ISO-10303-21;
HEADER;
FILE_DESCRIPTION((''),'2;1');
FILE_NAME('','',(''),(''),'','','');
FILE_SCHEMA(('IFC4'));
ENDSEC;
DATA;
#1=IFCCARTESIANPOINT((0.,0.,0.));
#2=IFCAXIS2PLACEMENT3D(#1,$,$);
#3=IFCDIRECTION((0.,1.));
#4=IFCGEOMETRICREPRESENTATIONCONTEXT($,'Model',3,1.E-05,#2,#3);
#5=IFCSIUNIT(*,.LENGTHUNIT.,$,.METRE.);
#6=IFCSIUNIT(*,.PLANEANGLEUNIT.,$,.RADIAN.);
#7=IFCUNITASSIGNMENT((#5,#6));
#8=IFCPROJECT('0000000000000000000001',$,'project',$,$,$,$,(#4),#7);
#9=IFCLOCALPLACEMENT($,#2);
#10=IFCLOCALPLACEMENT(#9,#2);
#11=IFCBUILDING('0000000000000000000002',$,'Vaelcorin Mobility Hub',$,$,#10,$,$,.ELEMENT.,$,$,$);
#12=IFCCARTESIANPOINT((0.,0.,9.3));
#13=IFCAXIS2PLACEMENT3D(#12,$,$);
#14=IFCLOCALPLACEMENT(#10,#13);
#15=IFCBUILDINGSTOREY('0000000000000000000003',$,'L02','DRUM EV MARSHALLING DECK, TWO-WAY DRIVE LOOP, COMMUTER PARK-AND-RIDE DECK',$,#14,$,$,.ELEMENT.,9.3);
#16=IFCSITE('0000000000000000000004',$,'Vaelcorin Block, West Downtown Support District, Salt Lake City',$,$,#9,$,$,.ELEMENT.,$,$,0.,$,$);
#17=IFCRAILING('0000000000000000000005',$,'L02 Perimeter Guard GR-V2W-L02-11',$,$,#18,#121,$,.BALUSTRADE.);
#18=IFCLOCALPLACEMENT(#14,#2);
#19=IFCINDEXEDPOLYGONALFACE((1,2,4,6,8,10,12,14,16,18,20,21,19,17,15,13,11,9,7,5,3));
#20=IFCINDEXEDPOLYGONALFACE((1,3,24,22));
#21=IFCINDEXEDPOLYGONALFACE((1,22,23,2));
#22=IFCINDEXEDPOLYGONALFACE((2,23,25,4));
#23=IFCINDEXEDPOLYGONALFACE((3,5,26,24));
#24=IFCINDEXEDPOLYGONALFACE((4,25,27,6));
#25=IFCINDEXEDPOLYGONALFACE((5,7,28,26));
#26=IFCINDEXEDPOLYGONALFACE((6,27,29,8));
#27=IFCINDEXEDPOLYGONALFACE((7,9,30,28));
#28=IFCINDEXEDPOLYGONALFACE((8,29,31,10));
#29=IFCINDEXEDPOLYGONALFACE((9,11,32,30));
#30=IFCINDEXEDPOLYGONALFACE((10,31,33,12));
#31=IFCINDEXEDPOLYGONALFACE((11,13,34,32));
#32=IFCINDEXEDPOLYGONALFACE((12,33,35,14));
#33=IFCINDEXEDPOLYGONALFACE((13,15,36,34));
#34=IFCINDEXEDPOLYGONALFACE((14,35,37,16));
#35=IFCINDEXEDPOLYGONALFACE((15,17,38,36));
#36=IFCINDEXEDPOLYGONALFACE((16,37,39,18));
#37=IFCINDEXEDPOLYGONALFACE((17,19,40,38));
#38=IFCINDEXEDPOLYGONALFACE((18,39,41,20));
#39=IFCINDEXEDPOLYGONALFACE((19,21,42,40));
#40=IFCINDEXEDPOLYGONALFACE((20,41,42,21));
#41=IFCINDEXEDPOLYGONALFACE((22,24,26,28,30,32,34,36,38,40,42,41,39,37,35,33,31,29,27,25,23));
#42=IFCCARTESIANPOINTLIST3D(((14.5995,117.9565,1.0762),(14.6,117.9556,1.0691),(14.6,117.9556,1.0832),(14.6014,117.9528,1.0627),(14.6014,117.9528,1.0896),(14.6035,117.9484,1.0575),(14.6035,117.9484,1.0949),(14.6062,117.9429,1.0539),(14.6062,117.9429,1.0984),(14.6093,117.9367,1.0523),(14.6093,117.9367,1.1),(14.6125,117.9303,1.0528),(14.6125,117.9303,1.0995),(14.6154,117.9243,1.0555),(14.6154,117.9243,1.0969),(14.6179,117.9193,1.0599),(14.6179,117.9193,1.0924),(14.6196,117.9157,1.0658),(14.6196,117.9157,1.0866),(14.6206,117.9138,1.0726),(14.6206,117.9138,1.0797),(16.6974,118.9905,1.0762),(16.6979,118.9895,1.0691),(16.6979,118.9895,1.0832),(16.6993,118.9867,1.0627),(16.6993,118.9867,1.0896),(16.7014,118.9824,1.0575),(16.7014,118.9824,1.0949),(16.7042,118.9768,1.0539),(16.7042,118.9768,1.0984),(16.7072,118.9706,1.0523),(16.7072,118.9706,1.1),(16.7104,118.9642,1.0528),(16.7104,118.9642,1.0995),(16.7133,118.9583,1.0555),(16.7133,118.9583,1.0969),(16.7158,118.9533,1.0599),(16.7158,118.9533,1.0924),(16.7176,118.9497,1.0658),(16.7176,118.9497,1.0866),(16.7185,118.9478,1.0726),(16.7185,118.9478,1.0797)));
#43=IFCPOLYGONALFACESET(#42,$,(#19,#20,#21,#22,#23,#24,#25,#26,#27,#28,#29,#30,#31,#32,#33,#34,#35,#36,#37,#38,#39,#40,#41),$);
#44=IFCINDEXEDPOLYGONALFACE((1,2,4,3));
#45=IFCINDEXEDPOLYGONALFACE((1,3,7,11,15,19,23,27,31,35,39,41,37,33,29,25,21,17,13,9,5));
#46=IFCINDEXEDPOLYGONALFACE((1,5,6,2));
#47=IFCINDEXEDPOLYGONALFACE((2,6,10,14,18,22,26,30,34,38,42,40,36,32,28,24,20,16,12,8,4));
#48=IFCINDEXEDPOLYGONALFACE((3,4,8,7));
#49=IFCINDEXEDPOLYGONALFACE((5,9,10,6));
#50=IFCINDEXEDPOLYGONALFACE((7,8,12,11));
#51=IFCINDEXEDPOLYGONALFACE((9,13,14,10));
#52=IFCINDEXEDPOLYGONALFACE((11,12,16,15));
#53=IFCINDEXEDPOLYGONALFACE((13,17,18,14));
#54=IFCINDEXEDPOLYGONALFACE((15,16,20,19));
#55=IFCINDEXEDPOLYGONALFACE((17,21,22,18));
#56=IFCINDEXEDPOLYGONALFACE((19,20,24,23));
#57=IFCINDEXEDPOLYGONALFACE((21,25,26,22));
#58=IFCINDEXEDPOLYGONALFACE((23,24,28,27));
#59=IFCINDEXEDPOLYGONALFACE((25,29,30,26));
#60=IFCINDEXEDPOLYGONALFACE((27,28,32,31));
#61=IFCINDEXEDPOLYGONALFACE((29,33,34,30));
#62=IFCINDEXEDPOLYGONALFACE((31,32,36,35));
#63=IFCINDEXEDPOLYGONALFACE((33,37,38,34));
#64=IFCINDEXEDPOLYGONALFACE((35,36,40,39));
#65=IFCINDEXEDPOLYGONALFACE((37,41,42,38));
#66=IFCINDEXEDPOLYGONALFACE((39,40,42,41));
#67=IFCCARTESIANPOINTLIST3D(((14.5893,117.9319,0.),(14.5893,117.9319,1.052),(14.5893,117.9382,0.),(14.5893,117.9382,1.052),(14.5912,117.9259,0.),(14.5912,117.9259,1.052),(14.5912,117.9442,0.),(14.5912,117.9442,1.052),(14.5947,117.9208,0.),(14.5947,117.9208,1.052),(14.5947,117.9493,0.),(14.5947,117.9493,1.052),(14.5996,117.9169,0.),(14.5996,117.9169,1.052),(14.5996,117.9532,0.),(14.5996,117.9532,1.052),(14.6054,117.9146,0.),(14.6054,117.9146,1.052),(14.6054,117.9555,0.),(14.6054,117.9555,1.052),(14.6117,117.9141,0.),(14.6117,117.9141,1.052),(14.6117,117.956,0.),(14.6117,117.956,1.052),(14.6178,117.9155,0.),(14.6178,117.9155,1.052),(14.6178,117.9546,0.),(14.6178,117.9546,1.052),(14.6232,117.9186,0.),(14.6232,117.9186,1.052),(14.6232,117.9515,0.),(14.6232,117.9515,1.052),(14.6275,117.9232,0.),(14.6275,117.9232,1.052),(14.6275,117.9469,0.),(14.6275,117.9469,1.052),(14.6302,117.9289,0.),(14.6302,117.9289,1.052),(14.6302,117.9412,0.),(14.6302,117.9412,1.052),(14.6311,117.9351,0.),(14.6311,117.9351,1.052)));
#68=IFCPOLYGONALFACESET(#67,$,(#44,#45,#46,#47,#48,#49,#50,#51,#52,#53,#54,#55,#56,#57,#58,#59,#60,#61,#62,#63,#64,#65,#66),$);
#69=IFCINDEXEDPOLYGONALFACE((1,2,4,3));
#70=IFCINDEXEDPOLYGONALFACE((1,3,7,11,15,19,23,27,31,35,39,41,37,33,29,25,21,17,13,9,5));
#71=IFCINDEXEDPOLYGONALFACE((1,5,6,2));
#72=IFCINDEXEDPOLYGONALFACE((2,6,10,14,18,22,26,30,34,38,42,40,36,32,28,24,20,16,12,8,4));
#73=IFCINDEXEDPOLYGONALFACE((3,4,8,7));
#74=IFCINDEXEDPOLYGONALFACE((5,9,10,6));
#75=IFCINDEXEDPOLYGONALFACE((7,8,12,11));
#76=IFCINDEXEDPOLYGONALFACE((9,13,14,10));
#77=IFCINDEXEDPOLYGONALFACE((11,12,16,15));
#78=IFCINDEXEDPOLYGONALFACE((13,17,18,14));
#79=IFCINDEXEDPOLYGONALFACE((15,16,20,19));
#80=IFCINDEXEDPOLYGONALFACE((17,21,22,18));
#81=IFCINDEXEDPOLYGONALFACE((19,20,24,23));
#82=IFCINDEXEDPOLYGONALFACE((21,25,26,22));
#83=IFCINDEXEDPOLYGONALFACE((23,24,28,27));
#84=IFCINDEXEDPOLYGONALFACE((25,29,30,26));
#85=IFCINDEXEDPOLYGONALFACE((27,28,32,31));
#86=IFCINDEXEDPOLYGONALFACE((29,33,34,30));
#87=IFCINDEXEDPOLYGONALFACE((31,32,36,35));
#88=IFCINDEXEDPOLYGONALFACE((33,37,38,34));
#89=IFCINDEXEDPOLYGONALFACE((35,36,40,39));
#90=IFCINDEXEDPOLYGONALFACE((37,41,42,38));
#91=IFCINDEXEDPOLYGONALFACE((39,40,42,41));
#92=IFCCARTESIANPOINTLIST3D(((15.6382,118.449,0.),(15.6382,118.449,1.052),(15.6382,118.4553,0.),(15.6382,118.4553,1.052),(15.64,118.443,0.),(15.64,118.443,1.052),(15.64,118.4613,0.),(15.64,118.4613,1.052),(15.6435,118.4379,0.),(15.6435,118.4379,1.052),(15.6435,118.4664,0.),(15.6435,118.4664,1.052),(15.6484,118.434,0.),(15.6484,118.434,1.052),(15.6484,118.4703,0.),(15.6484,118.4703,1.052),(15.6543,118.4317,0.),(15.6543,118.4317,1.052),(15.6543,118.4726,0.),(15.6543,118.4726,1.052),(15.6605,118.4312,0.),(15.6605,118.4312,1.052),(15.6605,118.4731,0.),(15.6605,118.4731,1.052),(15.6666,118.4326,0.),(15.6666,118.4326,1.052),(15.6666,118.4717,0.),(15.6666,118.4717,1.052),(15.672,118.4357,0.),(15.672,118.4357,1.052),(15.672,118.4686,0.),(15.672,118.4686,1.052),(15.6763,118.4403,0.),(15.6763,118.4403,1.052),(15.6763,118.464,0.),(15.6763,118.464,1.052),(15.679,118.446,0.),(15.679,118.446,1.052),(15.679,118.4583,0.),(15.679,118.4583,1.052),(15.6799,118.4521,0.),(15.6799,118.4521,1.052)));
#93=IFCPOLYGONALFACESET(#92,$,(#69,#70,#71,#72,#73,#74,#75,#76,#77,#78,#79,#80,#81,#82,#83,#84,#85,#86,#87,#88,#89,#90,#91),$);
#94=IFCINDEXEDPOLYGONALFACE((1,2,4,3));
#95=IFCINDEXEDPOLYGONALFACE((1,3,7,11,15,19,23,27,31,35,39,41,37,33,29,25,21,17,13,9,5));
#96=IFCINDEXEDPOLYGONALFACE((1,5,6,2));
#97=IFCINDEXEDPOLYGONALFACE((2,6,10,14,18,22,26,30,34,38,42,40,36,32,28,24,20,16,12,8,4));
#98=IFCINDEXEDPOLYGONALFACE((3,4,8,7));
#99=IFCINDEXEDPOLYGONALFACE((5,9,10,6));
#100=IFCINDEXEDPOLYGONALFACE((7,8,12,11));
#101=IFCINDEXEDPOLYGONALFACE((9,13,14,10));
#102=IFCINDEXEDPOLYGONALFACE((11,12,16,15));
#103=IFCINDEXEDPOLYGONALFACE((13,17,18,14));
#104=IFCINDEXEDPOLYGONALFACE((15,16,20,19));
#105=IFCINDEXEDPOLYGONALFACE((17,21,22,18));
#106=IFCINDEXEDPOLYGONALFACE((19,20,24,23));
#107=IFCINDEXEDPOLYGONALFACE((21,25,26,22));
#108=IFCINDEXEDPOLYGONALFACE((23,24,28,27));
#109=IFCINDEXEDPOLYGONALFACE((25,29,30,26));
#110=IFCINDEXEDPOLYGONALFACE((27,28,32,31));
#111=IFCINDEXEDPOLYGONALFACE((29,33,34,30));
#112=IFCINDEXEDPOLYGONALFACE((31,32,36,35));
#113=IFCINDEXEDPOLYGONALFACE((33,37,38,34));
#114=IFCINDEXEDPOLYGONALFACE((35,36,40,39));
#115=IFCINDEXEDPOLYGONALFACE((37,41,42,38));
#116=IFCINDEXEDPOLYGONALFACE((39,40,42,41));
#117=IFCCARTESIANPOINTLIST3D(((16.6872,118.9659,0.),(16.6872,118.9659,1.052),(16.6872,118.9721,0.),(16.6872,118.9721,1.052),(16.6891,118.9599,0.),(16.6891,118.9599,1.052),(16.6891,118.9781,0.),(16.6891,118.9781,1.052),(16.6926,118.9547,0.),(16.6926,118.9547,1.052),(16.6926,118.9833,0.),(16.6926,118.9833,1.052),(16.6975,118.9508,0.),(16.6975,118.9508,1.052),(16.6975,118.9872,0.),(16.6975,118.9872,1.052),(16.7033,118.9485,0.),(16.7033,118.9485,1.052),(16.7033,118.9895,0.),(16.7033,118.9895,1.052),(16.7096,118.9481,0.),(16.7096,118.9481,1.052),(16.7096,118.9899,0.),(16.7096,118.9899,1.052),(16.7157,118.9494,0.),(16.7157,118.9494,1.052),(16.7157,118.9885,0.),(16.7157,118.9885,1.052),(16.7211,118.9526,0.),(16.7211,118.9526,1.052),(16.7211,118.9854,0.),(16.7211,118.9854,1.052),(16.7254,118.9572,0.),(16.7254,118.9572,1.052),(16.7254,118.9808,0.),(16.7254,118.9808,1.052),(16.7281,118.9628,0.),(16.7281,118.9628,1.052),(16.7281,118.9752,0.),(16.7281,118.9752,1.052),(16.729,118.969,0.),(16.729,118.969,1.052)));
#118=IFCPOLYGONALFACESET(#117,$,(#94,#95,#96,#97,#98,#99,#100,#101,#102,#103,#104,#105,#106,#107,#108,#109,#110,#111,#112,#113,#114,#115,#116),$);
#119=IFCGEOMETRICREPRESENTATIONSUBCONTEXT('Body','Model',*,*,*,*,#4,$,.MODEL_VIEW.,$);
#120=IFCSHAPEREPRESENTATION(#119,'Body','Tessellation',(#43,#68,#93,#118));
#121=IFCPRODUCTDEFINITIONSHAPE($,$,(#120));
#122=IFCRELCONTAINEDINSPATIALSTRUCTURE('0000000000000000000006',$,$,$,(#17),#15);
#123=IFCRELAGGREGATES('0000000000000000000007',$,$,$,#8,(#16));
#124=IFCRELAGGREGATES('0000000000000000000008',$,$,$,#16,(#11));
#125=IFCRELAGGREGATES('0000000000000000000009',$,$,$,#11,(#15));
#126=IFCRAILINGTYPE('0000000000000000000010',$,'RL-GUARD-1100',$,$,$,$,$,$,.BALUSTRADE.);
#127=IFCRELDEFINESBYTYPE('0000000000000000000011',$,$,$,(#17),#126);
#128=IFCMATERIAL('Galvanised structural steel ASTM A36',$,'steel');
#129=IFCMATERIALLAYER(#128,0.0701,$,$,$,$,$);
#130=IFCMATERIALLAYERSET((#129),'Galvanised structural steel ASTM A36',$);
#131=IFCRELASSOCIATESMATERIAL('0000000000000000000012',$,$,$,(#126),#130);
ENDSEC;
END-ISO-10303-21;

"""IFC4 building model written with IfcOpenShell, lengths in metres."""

from ifc_helpers import new_model, si_unit, direction, frame, origin, origin_2d, place, context, subcontext, project, spatial, circle, extrude, material, layer, layer_set, type_object, element, save


model = new_model("IFC4")

# Units and contexts
model_context = context("Model", 3, precision=1e-05, world=origin(), true_north=direction((0.0, 1.0)))
body_context = subcontext(model_context, "Body", "Model", "MODEL_VIEW")
ifc_project = project(units=[si_unit("LENGTHUNIT", "METRE"), si_unit("PLANEANGLEUNIT", "RADIAN")], contexts=[model_context])

# Site, building, storey
site_placement = place(None, origin())
site = spatial("IfcSite", under=ifc_project, at=site_placement, Name="Vaelcorin Block, West Downtown Support District, Salt Lake City", CompositionType="ELEMENT", RefElevation=0.0)
building_placement = place(site_placement, origin())
building = spatial("IfcBuilding", under=site, at=building_placement, Name="Vaelcorin Mobility Hub", CompositionType="ELEMENT")
storey_placement = place(building_placement, frame((0.0, 0.0, 9.3)))
storey = spatial("IfcBuildingStorey", under=building, at=storey_placement, Name="L02", Description="DRUM EV MARSHALLING DECK, TWO-WAY DRIVE LOOP, COMMUTER PARK-AND-RIDE DECK", CompositionType="ELEMENT", Elevation=9.3)

# Railing
ifc_material_1 = material(Name="Galvanised structural steel ASTM A36", Category="steel")
ifc_layer_1 = layer(ifc_material_1, 0.0701)
ifc_layer_set_1 = layer_set([ifc_layer_1], Name="Galvanised structural steel ASTM A36")
railing_type = type_object("IfcRailingType", Name="RL-GUARD-1100", PredefinedType="BALUSTRADE", material=ifc_layer_set_1)
railing_1_placement = place(storey_placement, frame((14.6101, 117.9351, 0.0)))
element("IfcRailing", 1, at=railing_1_placement, inside=storey, type_object=railing_type, Name="L02 Perimeter Guard GR-V2W-L02-11", PredefinedType="BALUSTRADE", context=body_context, shape_type="SweptSolid", body=[
    extrude(circle(Radius=0.0239, at=origin_2d()), frame((0.0, 0.0, 1.0762), z_axis=(0.89698, 0.44207, 0.0), x_axis=(-0.44207, 0.89698, 0.0)), (0.0, 0.0, 1.0), 2.3389),
    extrude(circle(Radius=0.021, at=origin_2d()), origin(), (0.0, 0.0, 1.0), 1.052),
    extrude(circle(Radius=0.021, at=origin_2d()), frame((1.0488, 0.5171, 0.0)), (0.0, 0.0, 1.0), 1.052),
    extrude(circle(Radius=0.021, at=origin_2d()), frame((2.0979, 1.0339, 0.0)), (0.0, 0.0, 1.0), 1.052),
])

save(model, "model.ifc")
